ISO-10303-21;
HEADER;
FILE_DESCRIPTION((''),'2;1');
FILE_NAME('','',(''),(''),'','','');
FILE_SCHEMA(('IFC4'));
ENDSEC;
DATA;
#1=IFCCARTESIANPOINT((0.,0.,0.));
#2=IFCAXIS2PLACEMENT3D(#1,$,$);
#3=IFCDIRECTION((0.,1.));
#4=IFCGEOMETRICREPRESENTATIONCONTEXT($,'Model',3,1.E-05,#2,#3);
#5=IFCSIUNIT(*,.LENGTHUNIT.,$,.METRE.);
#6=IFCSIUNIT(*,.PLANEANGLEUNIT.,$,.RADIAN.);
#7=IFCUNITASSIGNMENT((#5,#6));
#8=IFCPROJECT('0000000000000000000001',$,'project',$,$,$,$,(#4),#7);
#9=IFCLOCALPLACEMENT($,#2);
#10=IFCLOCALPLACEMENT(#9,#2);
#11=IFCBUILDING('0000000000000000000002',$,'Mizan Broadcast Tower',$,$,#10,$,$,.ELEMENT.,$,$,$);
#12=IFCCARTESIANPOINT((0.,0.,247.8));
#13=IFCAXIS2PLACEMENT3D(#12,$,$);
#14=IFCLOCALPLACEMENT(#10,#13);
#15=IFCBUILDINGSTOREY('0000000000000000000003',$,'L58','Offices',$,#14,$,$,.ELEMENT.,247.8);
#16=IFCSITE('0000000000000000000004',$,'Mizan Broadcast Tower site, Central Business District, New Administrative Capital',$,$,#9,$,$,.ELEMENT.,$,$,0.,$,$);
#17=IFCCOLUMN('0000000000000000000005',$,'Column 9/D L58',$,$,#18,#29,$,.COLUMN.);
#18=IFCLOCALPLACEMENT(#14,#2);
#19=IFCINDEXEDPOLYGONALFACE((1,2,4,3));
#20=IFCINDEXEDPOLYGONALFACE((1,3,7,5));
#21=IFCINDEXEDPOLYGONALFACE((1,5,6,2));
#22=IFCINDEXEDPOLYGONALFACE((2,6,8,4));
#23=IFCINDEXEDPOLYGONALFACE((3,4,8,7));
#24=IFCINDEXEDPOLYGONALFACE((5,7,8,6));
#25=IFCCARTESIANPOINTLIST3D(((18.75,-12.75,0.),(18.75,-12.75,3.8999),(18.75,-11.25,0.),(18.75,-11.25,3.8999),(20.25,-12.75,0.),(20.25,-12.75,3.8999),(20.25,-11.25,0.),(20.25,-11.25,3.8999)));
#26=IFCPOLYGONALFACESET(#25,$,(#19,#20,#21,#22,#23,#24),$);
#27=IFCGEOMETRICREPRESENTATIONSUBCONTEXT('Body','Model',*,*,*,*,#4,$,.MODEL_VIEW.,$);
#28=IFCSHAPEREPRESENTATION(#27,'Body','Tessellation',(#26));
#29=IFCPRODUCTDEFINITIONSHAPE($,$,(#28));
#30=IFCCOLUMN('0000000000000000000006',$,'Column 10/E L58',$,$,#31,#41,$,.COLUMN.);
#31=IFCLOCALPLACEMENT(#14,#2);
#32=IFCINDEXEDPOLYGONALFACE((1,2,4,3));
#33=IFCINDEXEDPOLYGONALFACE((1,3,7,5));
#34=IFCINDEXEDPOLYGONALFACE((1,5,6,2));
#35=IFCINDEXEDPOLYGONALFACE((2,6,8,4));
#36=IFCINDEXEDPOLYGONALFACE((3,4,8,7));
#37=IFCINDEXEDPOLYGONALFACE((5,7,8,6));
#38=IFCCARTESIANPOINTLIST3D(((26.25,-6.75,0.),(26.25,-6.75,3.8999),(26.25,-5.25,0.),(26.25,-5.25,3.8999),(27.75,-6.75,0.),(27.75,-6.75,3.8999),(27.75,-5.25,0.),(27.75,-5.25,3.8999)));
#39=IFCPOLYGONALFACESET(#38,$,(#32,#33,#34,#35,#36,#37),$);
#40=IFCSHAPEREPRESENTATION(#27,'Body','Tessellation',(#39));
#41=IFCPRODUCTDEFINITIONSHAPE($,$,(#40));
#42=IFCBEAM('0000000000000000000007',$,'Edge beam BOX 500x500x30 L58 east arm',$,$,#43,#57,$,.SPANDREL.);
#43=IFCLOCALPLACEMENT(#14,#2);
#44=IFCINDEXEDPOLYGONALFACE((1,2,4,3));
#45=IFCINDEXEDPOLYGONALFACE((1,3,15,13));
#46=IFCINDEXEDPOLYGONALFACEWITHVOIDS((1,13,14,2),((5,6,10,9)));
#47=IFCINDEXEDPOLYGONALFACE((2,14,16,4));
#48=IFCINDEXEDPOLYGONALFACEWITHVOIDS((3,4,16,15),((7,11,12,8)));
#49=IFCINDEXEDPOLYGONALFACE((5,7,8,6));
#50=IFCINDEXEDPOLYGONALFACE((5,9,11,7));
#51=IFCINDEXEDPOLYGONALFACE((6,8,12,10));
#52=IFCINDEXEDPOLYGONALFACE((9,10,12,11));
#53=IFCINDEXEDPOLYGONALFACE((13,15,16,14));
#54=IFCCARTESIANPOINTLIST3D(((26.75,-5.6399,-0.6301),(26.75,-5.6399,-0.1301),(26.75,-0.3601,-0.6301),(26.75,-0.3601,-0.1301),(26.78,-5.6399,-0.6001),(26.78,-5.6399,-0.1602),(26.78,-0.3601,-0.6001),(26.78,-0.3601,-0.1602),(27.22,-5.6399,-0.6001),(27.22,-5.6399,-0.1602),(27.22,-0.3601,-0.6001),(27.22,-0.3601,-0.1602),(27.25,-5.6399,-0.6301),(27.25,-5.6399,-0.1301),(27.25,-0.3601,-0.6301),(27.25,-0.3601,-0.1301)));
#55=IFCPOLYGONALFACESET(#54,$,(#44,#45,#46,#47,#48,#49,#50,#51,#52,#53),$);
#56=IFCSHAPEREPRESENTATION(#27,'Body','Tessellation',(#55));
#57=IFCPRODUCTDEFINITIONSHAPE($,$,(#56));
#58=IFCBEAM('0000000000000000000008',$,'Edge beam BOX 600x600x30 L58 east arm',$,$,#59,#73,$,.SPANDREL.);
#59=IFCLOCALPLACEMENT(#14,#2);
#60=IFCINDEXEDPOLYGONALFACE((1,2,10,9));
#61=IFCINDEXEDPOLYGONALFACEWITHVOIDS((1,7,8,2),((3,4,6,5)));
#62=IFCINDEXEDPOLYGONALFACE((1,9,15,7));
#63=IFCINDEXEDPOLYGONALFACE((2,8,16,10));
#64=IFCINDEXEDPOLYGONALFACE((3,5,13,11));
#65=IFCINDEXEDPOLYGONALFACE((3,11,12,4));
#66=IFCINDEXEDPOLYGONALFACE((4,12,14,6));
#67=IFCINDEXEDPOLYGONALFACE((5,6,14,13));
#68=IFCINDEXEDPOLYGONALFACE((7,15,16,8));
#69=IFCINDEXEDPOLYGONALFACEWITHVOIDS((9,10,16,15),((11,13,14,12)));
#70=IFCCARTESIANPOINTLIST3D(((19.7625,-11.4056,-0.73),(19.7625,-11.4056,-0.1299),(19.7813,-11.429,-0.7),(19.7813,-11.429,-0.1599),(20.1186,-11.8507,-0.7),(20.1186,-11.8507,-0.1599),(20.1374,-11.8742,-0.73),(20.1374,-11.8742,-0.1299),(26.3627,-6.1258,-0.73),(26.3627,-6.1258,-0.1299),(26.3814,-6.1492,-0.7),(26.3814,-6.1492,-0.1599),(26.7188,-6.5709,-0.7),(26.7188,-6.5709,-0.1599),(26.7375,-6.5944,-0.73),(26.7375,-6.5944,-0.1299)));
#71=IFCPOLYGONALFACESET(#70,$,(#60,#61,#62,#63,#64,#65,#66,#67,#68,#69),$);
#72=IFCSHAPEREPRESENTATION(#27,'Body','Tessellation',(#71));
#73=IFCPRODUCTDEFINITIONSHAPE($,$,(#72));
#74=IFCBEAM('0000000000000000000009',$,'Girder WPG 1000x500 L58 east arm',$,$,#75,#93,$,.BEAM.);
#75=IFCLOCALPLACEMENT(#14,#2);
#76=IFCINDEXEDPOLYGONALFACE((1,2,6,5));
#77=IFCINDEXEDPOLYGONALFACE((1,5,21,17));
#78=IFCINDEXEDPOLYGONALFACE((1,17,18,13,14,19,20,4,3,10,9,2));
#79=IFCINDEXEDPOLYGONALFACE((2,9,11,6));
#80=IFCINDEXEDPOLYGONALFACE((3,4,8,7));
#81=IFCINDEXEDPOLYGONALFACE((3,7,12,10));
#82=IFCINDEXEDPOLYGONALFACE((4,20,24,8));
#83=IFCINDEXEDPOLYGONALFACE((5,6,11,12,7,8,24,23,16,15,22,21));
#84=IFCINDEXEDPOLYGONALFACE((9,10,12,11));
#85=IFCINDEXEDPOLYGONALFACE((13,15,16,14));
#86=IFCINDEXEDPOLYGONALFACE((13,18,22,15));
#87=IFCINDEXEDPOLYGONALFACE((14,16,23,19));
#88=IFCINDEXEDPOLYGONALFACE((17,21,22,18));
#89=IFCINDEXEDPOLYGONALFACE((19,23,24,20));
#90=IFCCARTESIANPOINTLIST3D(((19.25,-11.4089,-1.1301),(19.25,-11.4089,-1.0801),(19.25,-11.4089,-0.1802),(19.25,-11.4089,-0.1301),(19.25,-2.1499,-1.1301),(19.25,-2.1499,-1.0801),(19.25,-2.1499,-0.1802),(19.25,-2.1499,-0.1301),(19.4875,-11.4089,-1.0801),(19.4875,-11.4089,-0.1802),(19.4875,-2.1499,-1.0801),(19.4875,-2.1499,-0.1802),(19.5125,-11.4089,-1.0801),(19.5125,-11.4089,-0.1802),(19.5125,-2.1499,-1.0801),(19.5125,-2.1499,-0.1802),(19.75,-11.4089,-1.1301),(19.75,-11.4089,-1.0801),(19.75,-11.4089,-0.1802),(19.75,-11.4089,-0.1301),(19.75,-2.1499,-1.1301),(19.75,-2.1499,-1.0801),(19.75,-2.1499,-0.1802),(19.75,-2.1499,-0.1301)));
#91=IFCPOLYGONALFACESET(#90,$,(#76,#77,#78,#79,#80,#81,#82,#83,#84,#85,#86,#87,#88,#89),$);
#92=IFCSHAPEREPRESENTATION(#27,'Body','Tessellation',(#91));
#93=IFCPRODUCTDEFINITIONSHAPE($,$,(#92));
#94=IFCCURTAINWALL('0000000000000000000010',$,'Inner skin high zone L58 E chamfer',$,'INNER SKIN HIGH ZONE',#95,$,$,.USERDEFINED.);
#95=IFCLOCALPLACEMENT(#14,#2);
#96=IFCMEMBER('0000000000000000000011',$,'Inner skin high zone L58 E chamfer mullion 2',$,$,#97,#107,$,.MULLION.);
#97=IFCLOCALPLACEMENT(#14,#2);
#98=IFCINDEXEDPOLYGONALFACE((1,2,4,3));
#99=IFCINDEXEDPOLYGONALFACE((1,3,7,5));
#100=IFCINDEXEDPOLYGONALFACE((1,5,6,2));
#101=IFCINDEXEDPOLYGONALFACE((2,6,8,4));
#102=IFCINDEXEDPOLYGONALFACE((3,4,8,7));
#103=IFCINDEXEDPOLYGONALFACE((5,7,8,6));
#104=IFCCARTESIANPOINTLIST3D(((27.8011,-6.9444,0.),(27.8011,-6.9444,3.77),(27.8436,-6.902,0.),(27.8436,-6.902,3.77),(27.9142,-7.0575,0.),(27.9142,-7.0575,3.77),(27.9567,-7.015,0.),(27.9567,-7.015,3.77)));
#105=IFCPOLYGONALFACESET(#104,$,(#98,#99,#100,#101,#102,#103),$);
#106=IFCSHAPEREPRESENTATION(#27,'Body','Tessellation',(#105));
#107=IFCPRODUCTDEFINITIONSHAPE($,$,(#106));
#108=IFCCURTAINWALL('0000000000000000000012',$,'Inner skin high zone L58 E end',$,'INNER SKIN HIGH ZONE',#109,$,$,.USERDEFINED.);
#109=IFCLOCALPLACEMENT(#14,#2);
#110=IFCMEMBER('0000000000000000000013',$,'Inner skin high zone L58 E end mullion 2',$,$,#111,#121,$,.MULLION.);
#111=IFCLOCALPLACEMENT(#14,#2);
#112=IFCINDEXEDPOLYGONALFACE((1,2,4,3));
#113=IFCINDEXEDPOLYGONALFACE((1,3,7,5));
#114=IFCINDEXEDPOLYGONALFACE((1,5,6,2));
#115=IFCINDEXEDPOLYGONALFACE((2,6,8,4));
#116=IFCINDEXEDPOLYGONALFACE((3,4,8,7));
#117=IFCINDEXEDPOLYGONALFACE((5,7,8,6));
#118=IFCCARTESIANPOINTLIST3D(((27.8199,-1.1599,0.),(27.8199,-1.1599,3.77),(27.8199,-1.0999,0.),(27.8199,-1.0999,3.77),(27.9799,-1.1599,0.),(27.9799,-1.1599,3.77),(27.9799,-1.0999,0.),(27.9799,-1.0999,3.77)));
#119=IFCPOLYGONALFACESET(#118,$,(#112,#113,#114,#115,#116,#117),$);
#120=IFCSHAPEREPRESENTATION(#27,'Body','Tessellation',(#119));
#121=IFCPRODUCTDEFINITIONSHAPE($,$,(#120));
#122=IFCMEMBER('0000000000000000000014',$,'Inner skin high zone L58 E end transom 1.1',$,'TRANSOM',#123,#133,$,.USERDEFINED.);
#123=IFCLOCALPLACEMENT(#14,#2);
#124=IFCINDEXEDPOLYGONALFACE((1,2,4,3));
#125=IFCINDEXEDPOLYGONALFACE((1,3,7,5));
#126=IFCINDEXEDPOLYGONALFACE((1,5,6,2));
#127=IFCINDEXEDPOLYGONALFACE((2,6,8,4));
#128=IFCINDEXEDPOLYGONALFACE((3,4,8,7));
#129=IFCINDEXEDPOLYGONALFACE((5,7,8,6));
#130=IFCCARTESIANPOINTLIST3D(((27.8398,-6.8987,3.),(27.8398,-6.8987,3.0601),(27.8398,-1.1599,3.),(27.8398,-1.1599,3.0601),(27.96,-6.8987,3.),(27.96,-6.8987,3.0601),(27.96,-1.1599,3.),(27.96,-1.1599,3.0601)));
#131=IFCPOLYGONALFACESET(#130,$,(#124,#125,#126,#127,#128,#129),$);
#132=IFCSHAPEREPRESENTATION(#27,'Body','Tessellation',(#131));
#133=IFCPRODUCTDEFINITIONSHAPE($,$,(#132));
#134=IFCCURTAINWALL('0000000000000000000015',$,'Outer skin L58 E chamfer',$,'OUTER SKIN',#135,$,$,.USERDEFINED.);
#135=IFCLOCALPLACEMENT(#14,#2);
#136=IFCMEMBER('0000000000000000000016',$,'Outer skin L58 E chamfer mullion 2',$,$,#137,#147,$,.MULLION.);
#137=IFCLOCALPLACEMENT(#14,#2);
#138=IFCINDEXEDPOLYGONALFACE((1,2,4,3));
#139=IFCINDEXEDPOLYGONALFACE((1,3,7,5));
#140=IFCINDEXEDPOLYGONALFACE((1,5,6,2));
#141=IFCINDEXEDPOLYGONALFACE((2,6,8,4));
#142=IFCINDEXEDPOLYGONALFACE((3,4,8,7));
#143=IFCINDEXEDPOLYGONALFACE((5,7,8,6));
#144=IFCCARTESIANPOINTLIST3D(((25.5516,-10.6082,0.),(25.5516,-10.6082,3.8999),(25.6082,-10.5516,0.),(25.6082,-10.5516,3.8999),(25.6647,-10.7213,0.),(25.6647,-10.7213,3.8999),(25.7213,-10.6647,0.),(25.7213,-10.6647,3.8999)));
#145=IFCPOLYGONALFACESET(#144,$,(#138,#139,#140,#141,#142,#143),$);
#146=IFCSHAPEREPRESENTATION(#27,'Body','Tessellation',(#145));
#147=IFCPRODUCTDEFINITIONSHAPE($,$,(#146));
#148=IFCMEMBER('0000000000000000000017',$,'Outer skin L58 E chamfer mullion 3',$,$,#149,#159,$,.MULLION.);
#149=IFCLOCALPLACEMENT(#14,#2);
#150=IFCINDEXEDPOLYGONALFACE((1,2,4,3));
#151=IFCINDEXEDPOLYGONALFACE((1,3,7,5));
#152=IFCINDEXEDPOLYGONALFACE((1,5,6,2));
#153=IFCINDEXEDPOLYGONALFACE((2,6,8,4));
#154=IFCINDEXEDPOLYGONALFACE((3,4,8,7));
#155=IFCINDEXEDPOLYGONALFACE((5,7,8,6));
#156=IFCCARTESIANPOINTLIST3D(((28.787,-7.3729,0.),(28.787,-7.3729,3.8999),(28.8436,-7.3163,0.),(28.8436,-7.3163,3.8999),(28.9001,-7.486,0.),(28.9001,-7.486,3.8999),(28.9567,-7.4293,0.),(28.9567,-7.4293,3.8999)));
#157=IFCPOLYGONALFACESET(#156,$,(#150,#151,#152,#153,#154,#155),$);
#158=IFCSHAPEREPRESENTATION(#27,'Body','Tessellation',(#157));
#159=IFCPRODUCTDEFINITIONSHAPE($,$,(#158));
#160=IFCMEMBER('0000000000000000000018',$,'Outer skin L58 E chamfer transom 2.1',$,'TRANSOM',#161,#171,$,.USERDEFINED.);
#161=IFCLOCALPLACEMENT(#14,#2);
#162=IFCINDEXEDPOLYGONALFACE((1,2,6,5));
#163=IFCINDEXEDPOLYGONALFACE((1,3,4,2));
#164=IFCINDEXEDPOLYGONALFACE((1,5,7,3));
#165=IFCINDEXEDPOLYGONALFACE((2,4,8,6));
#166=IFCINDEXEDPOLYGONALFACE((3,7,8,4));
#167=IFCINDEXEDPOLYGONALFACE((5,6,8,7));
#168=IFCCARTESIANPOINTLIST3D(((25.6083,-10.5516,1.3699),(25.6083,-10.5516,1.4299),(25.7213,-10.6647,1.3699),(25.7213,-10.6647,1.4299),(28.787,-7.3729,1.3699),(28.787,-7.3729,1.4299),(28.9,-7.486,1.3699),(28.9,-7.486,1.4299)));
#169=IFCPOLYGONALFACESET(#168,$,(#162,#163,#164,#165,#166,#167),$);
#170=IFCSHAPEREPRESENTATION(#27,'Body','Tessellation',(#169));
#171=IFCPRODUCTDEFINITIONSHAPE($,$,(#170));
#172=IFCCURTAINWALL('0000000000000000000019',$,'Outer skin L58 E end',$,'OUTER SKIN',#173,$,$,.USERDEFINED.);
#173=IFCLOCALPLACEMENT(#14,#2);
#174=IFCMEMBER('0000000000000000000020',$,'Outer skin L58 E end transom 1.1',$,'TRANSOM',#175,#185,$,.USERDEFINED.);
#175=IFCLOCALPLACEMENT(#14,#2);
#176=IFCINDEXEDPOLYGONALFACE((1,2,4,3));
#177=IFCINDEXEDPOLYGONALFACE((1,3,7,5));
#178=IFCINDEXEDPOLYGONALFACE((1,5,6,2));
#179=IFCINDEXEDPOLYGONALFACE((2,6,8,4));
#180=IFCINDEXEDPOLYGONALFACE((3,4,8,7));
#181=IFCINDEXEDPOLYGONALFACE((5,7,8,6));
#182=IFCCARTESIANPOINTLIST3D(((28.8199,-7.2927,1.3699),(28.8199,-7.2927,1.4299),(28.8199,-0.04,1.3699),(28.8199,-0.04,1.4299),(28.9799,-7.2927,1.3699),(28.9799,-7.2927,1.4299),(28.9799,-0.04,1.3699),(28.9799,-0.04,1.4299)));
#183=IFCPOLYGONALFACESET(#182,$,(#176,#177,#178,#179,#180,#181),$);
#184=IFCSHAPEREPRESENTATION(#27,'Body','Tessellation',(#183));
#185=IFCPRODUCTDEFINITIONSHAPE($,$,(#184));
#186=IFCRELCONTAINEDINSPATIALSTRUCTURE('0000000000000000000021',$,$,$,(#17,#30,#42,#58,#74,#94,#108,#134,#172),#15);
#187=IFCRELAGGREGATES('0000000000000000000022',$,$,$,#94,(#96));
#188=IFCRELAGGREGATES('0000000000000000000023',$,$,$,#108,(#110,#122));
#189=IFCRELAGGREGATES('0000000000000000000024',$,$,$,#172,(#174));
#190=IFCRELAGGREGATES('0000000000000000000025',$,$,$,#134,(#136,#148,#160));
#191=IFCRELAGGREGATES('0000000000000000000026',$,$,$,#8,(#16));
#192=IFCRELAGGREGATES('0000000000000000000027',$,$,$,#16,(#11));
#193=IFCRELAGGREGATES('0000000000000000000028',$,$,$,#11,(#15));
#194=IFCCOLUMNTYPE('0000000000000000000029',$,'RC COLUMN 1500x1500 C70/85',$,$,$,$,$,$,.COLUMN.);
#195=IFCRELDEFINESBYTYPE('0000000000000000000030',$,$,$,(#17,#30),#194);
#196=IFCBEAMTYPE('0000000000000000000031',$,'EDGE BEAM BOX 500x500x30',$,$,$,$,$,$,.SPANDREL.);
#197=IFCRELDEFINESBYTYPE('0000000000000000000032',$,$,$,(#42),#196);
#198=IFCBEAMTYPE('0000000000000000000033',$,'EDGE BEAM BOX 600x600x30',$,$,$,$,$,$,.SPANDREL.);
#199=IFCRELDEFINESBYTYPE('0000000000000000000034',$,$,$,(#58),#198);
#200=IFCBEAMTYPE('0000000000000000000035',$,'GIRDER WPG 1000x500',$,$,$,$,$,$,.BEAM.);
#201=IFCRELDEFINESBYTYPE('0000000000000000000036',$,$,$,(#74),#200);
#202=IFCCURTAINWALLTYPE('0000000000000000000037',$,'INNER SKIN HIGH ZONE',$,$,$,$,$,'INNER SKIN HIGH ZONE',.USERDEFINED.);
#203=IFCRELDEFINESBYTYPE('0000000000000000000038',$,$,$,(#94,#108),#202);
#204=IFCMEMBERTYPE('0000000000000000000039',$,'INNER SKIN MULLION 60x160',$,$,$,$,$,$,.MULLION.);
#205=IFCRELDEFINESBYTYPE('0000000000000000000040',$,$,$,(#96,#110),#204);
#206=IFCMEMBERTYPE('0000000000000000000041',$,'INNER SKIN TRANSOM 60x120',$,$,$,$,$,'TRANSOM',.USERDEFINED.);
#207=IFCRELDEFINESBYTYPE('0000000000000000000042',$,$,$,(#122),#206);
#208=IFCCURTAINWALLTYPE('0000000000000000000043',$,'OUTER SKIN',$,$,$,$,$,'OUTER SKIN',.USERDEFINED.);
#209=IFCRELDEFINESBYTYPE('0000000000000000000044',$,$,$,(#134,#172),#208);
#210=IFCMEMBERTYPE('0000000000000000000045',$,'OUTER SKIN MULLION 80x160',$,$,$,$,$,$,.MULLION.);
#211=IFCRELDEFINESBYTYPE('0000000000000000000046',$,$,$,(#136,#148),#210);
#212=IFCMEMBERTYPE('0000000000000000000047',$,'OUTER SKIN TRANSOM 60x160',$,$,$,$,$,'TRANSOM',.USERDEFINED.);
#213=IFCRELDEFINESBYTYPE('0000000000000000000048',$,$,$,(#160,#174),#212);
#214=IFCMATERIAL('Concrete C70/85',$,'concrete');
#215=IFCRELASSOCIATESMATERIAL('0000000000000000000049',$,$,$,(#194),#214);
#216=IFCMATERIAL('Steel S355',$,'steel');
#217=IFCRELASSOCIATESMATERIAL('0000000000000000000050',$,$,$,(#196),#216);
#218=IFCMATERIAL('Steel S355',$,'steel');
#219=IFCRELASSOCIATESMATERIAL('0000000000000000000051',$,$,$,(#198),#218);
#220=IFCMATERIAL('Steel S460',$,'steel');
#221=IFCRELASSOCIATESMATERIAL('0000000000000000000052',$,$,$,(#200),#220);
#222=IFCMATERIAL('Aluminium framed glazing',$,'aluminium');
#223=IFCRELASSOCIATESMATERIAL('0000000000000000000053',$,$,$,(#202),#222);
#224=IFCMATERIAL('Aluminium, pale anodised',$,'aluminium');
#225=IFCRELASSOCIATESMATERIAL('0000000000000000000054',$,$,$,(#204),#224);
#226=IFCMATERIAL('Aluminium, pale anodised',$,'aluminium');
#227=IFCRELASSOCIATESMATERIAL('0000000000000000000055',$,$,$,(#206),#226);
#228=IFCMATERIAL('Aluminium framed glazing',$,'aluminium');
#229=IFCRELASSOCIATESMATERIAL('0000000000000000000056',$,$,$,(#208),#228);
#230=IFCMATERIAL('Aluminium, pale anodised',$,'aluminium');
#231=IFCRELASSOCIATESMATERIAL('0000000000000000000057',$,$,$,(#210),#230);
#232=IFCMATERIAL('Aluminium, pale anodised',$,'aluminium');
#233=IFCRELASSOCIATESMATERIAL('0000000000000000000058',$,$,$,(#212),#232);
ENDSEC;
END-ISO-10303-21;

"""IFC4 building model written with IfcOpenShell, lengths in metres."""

from ifc_helpers import new_model, si_unit, direction, frame, origin, origin_2d, place, context, subcontext, project, spatial, rectangle, hollow_rectangle, i_section, extrude, material, material_profile, profile_set, type_object, element, aggregate, save


model = new_model("IFC4")

# Units and contexts
model_context = context("Model", 3, precision=1e-05, world=origin(), true_north=direction((0.0, 1.0)))
body_context = subcontext(model_context, "Body", "Model", "MODEL_VIEW")
ifc_project = project(units=[si_unit("LENGTHUNIT", "METRE"), si_unit("PLANEANGLEUNIT", "RADIAN")], contexts=[model_context])

# Site, building, storey
site_placement = place(None, origin())
site = spatial("IfcSite", under=ifc_project, at=site_placement, Name="Mizan Broadcast Tower site, Central Business District, New Administrative Capital", CompositionType="ELEMENT", RefElevation=0.0)
building_placement = place(site_placement, origin())
building = spatial("IfcBuilding", under=site, at=building_placement, Name="Mizan Broadcast Tower", CompositionType="ELEMENT")
storey_placement = place(building_placement, frame((0.0, 0.0, 247.8)))
storey = spatial("IfcBuildingStorey", under=building, at=storey_placement, Name="L58", Description="Offices", CompositionType="ELEMENT", Elevation=247.8)

# Columns
ifc_material_1 = material(Name="Concrete C70/85", Category="concrete")
ifc_material_profile_1 = material_profile(ifc_material_1, rectangle(XDim=1.5, YDim=1.5, at=origin_2d()), Name="RC 1500x1500")
ifc_profile_set_1 = profile_set([ifc_material_profile_1], Name="Concrete C70/85")
column_type = type_object("IfcColumnType", Name="RC COLUMN 1500x1500 C70/85", PredefinedType="COLUMN", material=ifc_profile_set_1)
for number, where, z_axis, x_axis, name in (
    (1, (19.5, -12.0, 0.0), (0.0, 0.0, 1.0), (1.0, 0.0, 0.0), "Column 9/D L58"),
    (2, (27.0, -6.0, 0.0), (0.0, 0.0, 1.0), (1.0, 0.0, 0.0), "Column 10/E L58"),
):
    element("IfcColumn", number, at=place(storey_placement, frame(where, z_axis=z_axis, x_axis=x_axis)), inside=storey, type_object=column_type, Name=name, PredefinedType="COLUMN", context=body_context, shape_type="SweptSolid", body=[
        extrude(rectangle(XDim=1.5, YDim=1.5, at=origin_2d()), origin(), (0.0, 0.0, 1.0), 3.8999),
    ])

# Beams
ifc_material_2 = material(Name="Steel S355", Category="steel")
ifc_material_profile_2 = material_profile(ifc_material_2, hollow_rectangle(XDim=0.5, YDim=0.5, WallThickness=0.03, at=origin_2d()), Name="BOX 500x500x30")
ifc_profile_set_2 = profile_set([ifc_material_profile_2], Name="Steel S355")
beam_type_1 = type_object("IfcBeamType", Name="EDGE BEAM BOX 500x500x30", PredefinedType="SPANDREL", material=ifc_profile_set_2)
beam_1_placement = place(storey_placement, frame((27.0, -5.6399, -0.3801), z_axis=(0.0, 1.0, 0.0), x_axis=(-1.0, 0.0, 0.0)))
element("IfcBeam", 3, at=beam_1_placement, inside=storey, type_object=beam_type_1, Name="Edge beam BOX 500x500x30 L58 east arm", PredefinedType="SPANDREL", context=body_context, shape_type="SweptSolid", body=[
    extrude(hollow_rectangle(XDim=0.5, YDim=0.5, WallThickness=0.03, at=origin_2d()), origin(), (0.0, 0.0, 1.0), 5.2798),
])
ifc_material_3 = material(Name="Steel S355", Category="steel")
ifc_material_profile_3 = material_profile(ifc_material_3, hollow_rectangle(XDim=0.6001, YDim=0.6001, WallThickness=0.03, at=origin_2d()), Name="BOX 600x600x30")
ifc_profile_set_3 = profile_set([ifc_material_profile_3], Name="Steel S355")
beam_type_2 = type_object("IfcBeamType", Name="EDGE BEAM BOX 600x600x30", PredefinedType="SPANDREL", material=ifc_profile_set_3)
beam_2_placement = place(storey_placement, frame((19.95, -11.6399, -0.4299), z_axis=(0.780886, 0.624674, 0.0), x_axis=(-0.624674, 0.780886, 0.0)))
element("IfcBeam", 4, at=beam_2_placement, inside=storey, type_object=beam_type_2, Name="Edge beam BOX 600x600x30 L58 east arm", PredefinedType="SPANDREL", context=body_context, shape_type="SweptSolid", body=[
    extrude(hollow_rectangle(XDim=0.6001, YDim=0.6001, WallThickness=0.03, at=origin_2d()), origin(), (0.0, 0.0, 1.0), 8.4521),
])
ifc_material_4 = material(Name="Steel S460", Category="steel")
ifc_material_profile_4 = material_profile(ifc_material_4, i_section(OverallWidth=0.5, OverallDepth=1.0, WebThickness=0.0249, FlangeThickness=0.05, at=origin_2d()), Name="WPG 1000x500")
ifc_profile_set_4 = profile_set([ifc_material_profile_4], Name="Steel S460")
beam_type_3 = type_object("IfcBeamType", Name="GIRDER WPG 1000x500", PredefinedType="BEAM", material=ifc_profile_set_4)
beam_3_placement = place(storey_placement, frame((19.5, -11.4089, -0.6301), z_axis=(0.0, 1.0, 0.0), x_axis=(-1.0, 0.0, 0.0)))
element("IfcBeam", 5, at=beam_3_placement, inside=storey, type_object=beam_type_3, Name="Girder WPG 1000x500 L58 east arm", PredefinedType="BEAM", context=body_context, shape_type="SweptSolid", body=[
    extrude(i_section(OverallWidth=0.5, OverallDepth=1.0, WebThickness=0.0249, FlangeThickness=0.05, at=origin_2d()), origin(), (0.0, 0.0, 1.0), 9.259),
])

# Curtain wall, member
ifc_material_5 = material(Name="Aluminium framed glazing", Category="aluminium")
curtain_wall_type_1 = type_object("IfcCurtainWallType", Name="INNER SKIN HIGH ZONE", ElementType="INNER SKIN HIGH ZONE", PredefinedType="USERDEFINED", material=ifc_material_5)
curtain_wall_1_placement = place(storey_placement, origin())
curtain_wall_1 = element("IfcCurtainWall", 6, at=curtain_wall_1_placement, inside=storey, type_object=curtain_wall_type_1, Name="Inner skin high zone L58 E chamfer", ObjectType="INNER SKIN HIGH ZONE", PredefinedType="USERDEFINED")
ifc_material_6 = material(Name="Aluminium, pale anodised", Category="aluminium")
ifc_material_profile_5 = material_profile(ifc_material_6, rectangle(XDim=0.1599, YDim=0.0601, at=origin_2d()), Name="MULLION 160x60")
ifc_profile_set_5 = profile_set([ifc_material_profile_5], Name="Aluminium, pale anodised")
member_type_1 = type_object("IfcMemberType", Name="INNER SKIN MULLION 60x160", PredefinedType="MULLION", material=ifc_profile_set_5)
member_1_placement = place(storey_placement, frame((27.8789, -6.9797, 0.0), z_axis=(0.0, 0.0, 1.0), x_axis=(-0.707107, 0.707107, 0.0)))
member_1 = element("IfcMember", 7, at=member_1_placement, type_object=member_type_1, Name="Inner skin high zone L58 E chamfer mullion 2", PredefinedType="MULLION", context=body_context, shape_type="SweptSolid", body=[
    extrude(rectangle(XDim=0.1599, YDim=0.0601, at=origin_2d()), origin(), (0.0, 0.0, 1.0), 3.77),
])

# Curtain walls, members
curtain_wall_2_placement = place(storey_placement, origin())
curtain_wall_2 = element("IfcCurtainWall", 8, at=curtain_wall_2_placement, inside=storey, type_object=curtain_wall_type_1, Name="Inner skin high zone L58 E end", ObjectType="INNER SKIN HIGH ZONE", PredefinedType="USERDEFINED")
member_2_placement = place(storey_placement, frame((27.8999, -1.1299, 0.0), z_axis=(0.0, 0.0, 1.0), x_axis=(-1.0, 0.0, 0.0)))
member_2 = element("IfcMember", 9, at=member_2_placement, type_object=member_type_1, Name="Inner skin high zone L58 E end mullion 2", PredefinedType="MULLION", context=body_context, shape_type="SweptSolid", body=[
    extrude(rectangle(XDim=0.1599, YDim=0.0601, at=origin_2d()), origin(), (0.0, 0.0, 1.0), 3.77),
])
ifc_material_7 = material(Name="Aluminium, pale anodised", Category="aluminium")
ifc_material_profile_6 = material_profile(ifc_material_7, rectangle(XDim=0.1201, YDim=0.0601, at=origin_2d()), Name="TRANSOM 120x60")
ifc_profile_set_6 = profile_set([ifc_material_profile_6], Name="Aluminium, pale anodised")
member_type_2 = type_object("IfcMemberType", Name="INNER SKIN TRANSOM 60x120", ElementType="TRANSOM", PredefinedType="USERDEFINED", material=ifc_profile_set_6)
member_3_placement = place(storey_placement, frame((27.8999, -6.8987, 3.03), z_axis=(0.0, 1.0, 0.0), x_axis=(-1.0, 0.0, 0.0)))
member_3 = element("IfcMember", 10, at=member_3_placement, type_object=member_type_2, Name="Inner skin high zone L58 E end transom 1.1", ObjectType="TRANSOM", PredefinedType="USERDEFINED", context=body_context, shape_type="SweptSolid", body=[
    extrude(rectangle(XDim=0.1201, YDim=0.0601, at=origin_2d()), origin(), (0.0, 0.0, 1.0), 5.7388),
])
ifc_material_8 = material(Name="Aluminium framed glazing", Category="aluminium")
curtain_wall_type_2 = type_object("IfcCurtainWallType", Name="OUTER SKIN", ElementType="OUTER SKIN", PredefinedType="USERDEFINED", material=ifc_material_8)
curtain_wall_3_placement = place(storey_placement, origin())
curtain_wall_3 = element("IfcCurtainWall", 11, at=curtain_wall_3_placement, inside=storey, type_object=curtain_wall_type_2, Name="Outer skin L58 E chamfer", ObjectType="OUTER SKIN", PredefinedType="USERDEFINED")
ifc_material_9 = material(Name="Aluminium, pale anodised", Category="aluminium")
ifc_material_profile_7 = material_profile(ifc_material_9, rectangle(XDim=0.1599, YDim=0.0801, at=origin_2d()), Name="MULLION 160x80")
ifc_profile_set_7 = profile_set([ifc_material_profile_7], Name="Aluminium, pale anodised")
member_type_3 = type_object("IfcMemberType", Name="OUTER SKIN MULLION 80x160", PredefinedType="MULLION", material=ifc_profile_set_7)
member_4_placement = place(storey_placement, frame((25.6365, -10.6365, 0.0), z_axis=(0.0, 0.0, 1.0), x_axis=(-0.707107, 0.707107, 0.0)))
member_4 = element("IfcMember", 12, at=member_4_placement, type_object=member_type_3, Name="Outer skin L58 E chamfer mullion 2", PredefinedType="MULLION", context=body_context, shape_type="SweptSolid", body=[
    extrude(rectangle(XDim=0.1599, YDim=0.0801, at=origin_2d()), origin(), (0.0, 0.0, 1.0), 3.8999),
])
member_5_placement = place(storey_placement, frame((28.8718, -7.4011, 0.0), z_axis=(0.0, 0.0, 1.0), x_axis=(-0.707107, 0.707107, 0.0)))
member_5 = element("IfcMember", 13, at=member_5_placement, type_object=member_type_3, Name="Outer skin L58 E chamfer mullion 3", PredefinedType="MULLION", context=body_context, shape_type="SweptSolid", body=[
    extrude(rectangle(XDim=0.1599, YDim=0.0801, at=origin_2d()), origin(), (0.0, 0.0, 1.0), 3.8999),
])
ifc_material_10 = material(Name="Aluminium, pale anodised", Category="aluminium")
ifc_material_profile_8 = material_profile(ifc_material_10, rectangle(XDim=0.1599, YDim=0.0601, at=origin_2d()), Name="TRANSOM 160x60")
ifc_profile_set_8 = profile_set([ifc_material_profile_8], Name="Aluminium, pale anodised")
member_type_4 = type_object("IfcMemberType", Name="OUTER SKIN TRANSOM 60x160", ElementType="TRANSOM", PredefinedType="USERDEFINED", material=ifc_profile_set_8)
member_6_placement = place(storey_placement, frame((25.6648, -10.6082, 1.3999), z_axis=(0.707107, 0.707107, 0.0), x_axis=(-0.707107, 0.707107, 0.0)))
member_6 = element("IfcMember", 14, at=member_6_placement, type_object=member_type_4, Name="Outer skin L58 E chamfer transom 2.1", ObjectType="TRANSOM", PredefinedType="USERDEFINED", context=body_context, shape_type="SweptSolid", body=[
    extrude(rectangle(XDim=0.1599, YDim=0.0601, at=origin_2d()), origin(), (0.0, 0.0, 1.0), 4.4954),
])

# Curtain wall, member
curtain_wall_4_placement = place(storey_placement, origin())
curtain_wall_4 = element("IfcCurtainWall", 15, at=curtain_wall_4_placement, inside=storey, type_object=curtain_wall_type_2, Name="Outer skin L58 E end", ObjectType="OUTER SKIN", PredefinedType="USERDEFINED")
member_7_placement = place(storey_placement, frame((28.8999, -7.2927, 1.3999), z_axis=(0.0, 1.0, 0.0), x_axis=(-1.0, 0.0, 0.0)))
member_7 = element("IfcMember", 16, at=member_7_placement, type_object=member_type_4, Name="Outer skin L58 E end transom 1.1", ObjectType="TRANSOM", PredefinedType="USERDEFINED", context=body_context, shape_type="SweptSolid", body=[
    extrude(rectangle(XDim=0.1599, YDim=0.0601, at=origin_2d()), origin(), (0.0, 0.0, 1.0), 7.2527),
])

aggregate(curtain_wall_1, [member_1])
aggregate(curtain_wall_2, [member_2, member_3])
aggregate(curtain_wall_4, [member_7])
aggregate(curtain_wall_3, [member_4, member_5, member_6])

save(model, "model.ifc")
